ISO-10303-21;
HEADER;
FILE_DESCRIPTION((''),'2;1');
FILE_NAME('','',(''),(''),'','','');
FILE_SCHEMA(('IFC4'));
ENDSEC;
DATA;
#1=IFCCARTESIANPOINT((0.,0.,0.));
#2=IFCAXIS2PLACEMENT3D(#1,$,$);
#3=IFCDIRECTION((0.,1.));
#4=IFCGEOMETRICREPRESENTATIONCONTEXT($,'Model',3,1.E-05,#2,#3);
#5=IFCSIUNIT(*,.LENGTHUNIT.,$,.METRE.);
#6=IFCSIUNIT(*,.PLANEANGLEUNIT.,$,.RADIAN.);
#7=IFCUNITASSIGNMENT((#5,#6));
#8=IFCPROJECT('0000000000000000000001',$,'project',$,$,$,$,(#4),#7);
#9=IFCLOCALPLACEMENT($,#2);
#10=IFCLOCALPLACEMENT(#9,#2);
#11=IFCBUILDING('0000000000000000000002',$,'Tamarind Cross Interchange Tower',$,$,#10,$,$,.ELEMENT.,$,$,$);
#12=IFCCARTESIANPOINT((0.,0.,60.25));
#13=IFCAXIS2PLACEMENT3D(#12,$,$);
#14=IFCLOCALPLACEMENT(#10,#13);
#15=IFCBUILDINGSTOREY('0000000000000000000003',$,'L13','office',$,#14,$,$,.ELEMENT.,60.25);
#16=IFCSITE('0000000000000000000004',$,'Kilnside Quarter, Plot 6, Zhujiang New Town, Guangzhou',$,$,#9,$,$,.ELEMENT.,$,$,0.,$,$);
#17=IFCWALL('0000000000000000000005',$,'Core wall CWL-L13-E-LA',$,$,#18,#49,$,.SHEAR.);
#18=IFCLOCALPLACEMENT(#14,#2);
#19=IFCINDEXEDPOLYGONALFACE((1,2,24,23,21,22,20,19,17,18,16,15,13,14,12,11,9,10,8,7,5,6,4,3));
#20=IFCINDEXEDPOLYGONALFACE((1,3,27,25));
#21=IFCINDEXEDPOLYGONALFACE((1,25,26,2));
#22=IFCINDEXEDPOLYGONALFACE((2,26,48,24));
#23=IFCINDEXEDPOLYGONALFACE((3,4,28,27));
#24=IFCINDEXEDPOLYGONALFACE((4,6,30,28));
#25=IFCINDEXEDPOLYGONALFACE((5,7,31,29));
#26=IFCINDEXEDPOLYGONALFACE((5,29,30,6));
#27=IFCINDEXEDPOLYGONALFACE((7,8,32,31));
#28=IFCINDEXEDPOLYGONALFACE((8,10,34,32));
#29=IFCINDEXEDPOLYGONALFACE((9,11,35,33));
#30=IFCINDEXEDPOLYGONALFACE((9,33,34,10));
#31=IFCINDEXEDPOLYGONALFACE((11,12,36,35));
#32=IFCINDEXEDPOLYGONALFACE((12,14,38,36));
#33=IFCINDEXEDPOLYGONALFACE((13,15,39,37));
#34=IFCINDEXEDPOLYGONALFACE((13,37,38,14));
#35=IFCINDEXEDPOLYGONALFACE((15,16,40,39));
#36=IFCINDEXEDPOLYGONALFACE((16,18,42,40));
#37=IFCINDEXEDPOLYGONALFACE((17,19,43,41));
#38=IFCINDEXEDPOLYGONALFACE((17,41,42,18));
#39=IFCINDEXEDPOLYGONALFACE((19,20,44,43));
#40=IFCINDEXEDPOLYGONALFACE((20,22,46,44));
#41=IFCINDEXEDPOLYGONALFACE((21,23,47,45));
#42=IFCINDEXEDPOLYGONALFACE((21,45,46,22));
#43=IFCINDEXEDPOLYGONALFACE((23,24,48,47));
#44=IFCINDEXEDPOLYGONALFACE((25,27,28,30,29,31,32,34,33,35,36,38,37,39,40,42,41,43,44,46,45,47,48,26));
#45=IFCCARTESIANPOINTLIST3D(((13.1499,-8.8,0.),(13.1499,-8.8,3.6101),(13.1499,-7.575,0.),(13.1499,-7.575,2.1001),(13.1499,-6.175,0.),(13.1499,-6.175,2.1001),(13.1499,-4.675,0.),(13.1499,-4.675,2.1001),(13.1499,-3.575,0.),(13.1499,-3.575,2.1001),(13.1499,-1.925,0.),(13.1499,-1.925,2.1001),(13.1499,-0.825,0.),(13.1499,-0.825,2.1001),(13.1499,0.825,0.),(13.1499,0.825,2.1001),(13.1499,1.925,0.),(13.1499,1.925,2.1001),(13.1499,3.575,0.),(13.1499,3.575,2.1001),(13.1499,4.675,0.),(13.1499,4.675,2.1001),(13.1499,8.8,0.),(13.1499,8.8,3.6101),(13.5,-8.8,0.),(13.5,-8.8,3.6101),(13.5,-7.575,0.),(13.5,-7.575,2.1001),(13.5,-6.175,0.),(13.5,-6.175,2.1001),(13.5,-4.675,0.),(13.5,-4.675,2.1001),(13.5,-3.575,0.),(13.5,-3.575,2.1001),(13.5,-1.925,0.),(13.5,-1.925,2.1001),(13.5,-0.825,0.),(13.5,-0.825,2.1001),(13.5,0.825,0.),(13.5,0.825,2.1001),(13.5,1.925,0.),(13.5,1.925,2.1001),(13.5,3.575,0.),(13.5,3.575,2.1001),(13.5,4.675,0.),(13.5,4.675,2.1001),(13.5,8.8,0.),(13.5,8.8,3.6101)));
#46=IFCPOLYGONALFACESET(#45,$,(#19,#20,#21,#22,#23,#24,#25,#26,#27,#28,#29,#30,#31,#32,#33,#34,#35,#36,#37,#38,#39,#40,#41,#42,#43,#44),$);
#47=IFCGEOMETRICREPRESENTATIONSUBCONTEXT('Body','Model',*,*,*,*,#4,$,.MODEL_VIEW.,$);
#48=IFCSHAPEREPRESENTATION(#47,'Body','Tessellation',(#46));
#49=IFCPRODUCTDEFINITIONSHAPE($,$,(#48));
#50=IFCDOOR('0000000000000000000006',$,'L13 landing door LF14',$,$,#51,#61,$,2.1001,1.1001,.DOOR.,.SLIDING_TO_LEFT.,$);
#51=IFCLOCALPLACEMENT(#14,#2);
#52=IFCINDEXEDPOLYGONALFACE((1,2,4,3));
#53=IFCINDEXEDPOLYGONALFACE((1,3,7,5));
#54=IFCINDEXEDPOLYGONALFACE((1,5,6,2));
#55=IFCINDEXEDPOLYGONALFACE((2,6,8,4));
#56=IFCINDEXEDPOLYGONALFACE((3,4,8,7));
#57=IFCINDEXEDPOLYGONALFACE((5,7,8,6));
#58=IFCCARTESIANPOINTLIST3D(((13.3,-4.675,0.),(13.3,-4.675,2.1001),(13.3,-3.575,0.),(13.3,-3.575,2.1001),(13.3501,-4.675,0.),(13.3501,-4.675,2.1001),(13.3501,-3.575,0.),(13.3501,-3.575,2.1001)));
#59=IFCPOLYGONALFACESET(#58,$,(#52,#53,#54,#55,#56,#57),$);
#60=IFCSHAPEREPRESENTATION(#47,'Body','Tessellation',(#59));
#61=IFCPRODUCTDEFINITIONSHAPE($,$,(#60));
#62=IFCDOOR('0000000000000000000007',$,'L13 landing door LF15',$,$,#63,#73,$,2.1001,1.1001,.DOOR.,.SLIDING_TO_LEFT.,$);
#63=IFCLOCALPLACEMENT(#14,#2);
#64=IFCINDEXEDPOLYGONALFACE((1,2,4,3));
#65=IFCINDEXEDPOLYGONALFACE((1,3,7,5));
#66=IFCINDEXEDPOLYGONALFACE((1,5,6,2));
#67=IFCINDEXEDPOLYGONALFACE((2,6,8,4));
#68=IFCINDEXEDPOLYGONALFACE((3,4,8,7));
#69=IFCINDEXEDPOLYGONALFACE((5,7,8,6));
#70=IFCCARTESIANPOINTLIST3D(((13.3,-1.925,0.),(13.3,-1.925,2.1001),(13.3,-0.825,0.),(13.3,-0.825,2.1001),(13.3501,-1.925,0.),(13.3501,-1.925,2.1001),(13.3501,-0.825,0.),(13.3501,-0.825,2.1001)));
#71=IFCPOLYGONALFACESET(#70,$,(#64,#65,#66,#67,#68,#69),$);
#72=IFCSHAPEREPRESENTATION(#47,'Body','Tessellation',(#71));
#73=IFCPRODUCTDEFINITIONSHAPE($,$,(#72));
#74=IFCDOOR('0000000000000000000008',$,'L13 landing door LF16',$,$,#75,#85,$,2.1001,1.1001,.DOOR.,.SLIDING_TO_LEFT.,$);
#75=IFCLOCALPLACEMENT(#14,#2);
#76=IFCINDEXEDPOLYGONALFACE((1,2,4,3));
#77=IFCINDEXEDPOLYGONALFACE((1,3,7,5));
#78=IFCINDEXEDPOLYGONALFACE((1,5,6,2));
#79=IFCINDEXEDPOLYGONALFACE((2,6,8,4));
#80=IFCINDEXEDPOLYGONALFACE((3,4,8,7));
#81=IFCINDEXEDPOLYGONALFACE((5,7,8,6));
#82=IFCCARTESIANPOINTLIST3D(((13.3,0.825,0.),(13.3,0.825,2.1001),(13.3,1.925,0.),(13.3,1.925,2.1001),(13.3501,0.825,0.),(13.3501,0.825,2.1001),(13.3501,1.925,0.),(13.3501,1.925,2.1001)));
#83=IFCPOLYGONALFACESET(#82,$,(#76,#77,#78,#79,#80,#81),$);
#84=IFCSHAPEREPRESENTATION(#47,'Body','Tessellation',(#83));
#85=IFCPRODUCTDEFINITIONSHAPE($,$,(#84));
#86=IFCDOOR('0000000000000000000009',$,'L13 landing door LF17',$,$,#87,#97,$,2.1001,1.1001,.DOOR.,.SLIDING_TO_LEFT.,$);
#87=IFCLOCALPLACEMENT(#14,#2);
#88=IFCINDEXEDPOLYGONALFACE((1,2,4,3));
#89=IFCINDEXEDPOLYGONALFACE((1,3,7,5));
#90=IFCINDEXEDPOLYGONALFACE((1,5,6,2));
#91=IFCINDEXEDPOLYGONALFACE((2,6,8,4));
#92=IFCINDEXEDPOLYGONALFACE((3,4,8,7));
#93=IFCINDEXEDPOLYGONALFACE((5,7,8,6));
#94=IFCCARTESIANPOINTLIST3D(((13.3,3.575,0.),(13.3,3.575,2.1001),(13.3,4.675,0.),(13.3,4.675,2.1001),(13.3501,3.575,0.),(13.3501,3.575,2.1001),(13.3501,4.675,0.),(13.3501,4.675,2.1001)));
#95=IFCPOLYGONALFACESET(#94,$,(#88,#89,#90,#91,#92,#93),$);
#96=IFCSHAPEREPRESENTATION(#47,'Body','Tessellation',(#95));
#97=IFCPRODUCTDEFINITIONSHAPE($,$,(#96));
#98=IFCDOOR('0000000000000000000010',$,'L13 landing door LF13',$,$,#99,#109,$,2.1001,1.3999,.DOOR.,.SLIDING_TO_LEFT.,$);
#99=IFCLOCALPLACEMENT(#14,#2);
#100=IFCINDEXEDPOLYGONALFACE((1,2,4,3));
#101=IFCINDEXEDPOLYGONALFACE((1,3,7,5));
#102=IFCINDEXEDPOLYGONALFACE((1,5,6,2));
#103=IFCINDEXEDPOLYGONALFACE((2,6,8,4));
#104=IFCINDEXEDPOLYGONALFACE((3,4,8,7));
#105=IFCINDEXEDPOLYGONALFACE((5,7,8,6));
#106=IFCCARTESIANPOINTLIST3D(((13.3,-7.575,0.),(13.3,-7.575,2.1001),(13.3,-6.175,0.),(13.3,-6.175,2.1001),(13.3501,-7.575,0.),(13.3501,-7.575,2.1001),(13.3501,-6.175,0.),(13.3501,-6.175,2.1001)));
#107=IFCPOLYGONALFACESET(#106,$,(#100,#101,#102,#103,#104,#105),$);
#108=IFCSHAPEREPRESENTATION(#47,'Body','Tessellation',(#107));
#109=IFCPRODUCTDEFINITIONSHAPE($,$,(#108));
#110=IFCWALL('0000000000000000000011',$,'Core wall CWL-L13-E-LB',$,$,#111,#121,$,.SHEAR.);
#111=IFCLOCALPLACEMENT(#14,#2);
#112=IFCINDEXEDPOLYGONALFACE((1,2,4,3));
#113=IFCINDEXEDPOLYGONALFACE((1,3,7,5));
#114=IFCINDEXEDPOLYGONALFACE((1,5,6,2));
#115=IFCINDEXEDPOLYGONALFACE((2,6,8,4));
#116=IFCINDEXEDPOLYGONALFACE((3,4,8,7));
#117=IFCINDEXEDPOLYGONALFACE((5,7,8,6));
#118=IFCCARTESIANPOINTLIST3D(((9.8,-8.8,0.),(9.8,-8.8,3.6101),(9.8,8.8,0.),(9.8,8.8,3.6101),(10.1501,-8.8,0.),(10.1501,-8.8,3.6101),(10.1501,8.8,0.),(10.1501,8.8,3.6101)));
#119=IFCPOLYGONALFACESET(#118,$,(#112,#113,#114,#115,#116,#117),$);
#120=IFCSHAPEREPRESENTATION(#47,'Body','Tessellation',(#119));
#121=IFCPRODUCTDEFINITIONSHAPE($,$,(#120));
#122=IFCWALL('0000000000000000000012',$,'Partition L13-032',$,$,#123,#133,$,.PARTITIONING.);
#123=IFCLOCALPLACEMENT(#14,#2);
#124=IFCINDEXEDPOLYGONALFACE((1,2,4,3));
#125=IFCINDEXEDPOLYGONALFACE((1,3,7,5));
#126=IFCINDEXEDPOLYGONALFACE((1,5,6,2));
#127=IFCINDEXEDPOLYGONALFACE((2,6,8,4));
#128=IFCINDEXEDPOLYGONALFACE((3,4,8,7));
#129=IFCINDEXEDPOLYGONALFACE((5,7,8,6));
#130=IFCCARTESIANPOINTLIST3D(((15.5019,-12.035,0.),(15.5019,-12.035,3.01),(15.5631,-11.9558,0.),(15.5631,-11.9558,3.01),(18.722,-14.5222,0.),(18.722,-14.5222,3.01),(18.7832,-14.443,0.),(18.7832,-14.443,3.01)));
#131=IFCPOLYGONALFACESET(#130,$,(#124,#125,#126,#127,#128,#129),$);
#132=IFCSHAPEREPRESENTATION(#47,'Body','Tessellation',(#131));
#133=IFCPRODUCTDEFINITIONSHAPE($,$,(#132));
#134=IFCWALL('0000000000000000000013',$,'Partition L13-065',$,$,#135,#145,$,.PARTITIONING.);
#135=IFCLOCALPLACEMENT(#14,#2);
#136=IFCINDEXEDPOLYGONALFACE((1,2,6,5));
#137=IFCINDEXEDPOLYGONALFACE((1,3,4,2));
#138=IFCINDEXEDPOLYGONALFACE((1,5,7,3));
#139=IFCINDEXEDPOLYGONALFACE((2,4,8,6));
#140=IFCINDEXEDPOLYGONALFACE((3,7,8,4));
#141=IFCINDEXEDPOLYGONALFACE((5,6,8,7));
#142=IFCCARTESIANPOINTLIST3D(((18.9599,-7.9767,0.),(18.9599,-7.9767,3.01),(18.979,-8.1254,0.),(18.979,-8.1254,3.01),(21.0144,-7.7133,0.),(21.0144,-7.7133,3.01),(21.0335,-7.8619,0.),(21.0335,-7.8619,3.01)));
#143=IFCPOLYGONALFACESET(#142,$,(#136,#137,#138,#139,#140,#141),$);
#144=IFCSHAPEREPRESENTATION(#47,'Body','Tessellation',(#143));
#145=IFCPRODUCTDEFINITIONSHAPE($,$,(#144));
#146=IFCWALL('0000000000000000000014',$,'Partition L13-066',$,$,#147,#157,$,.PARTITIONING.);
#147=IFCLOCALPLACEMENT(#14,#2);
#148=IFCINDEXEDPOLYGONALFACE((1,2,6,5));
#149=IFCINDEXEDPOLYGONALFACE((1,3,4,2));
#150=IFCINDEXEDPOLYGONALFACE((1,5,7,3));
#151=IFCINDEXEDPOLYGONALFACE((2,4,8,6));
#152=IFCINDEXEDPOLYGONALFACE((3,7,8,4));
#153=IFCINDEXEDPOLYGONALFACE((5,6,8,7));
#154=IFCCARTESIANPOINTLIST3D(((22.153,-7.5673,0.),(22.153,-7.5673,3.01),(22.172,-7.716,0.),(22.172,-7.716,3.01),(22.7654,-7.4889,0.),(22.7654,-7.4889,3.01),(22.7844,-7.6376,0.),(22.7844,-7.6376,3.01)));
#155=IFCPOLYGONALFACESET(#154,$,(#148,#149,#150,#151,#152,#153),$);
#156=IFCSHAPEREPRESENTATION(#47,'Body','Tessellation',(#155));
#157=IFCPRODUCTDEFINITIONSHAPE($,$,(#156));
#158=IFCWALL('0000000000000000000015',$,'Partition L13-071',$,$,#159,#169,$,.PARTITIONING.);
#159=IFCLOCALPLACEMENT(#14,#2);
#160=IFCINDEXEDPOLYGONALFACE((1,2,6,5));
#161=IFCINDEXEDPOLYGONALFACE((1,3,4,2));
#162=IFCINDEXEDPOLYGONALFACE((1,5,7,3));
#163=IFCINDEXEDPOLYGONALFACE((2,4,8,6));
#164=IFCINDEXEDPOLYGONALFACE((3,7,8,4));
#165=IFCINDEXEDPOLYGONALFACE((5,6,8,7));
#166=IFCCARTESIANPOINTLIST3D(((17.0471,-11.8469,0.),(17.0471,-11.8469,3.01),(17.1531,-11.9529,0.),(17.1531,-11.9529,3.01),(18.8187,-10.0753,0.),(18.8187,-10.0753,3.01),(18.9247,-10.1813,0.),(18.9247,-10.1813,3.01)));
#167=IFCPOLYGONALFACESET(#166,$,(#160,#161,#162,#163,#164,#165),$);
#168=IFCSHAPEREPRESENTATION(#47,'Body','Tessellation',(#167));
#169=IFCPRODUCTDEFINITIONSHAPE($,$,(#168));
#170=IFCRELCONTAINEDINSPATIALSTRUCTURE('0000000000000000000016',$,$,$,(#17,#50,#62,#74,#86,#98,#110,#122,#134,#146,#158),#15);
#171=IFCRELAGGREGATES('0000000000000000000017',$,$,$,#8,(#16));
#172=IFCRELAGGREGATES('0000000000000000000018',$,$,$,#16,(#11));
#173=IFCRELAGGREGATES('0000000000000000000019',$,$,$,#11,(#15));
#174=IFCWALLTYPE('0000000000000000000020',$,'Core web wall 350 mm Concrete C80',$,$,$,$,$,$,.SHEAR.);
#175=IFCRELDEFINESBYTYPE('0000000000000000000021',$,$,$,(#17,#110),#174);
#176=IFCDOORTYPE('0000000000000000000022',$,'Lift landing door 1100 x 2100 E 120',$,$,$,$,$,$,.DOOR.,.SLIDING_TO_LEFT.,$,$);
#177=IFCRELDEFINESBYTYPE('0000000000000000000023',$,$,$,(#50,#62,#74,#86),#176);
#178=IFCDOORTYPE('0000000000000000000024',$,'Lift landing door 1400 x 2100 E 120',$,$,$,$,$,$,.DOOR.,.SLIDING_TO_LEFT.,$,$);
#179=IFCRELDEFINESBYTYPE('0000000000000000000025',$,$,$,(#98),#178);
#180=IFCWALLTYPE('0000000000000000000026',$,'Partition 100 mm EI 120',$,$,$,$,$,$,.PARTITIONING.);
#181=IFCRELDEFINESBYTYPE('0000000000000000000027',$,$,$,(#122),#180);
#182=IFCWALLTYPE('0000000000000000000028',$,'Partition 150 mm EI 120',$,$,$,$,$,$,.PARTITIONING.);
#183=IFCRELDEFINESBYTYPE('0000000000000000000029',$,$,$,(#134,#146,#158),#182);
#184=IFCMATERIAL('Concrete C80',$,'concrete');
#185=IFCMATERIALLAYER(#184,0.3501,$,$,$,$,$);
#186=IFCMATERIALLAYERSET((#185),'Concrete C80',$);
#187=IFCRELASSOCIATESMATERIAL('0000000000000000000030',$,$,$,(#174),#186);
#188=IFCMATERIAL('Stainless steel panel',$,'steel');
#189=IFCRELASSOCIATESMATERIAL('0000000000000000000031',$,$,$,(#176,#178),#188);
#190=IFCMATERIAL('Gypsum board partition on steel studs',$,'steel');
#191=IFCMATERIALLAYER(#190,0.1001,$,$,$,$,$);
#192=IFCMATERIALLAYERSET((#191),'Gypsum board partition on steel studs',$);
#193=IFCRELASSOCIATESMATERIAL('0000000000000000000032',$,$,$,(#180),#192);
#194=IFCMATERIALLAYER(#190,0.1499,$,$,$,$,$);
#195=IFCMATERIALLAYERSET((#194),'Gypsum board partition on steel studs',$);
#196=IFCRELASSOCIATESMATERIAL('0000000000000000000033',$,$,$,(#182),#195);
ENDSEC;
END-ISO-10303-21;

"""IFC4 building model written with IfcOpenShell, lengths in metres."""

from ifc_helpers import new_model, si_unit, direction, frame, frame_2d, origin, place, context, subcontext, project, spatial, rectangle, extrude, material, layer, layer_set, type_object, element, fill, save


model = new_model("IFC4")

# Units and contexts
model_context = context("Model", 3, precision=1e-05, world=origin(), true_north=direction((0.0, 1.0)))
body_context = subcontext(model_context, "Body", "Model", "MODEL_VIEW")
ifc_project = project(units=[si_unit("LENGTHUNIT", "METRE"), si_unit("PLANEANGLEUNIT", "RADIAN")], contexts=[model_context])

# Site, building, storey
site_placement = place(None, origin())
site = spatial("IfcSite", under=ifc_project, at=site_placement, Name="Kilnside Quarter, Plot 6, Zhujiang New Town, Guangzhou", CompositionType="ELEMENT", RefElevation=0.0)
building_placement = place(site_placement, origin())
building = spatial("IfcBuilding", under=site, at=building_placement, Name="Tamarind Cross Interchange Tower", CompositionType="ELEMENT")
storey_placement = place(building_placement, frame((0.0, 0.0, 60.25)))
storey = spatial("IfcBuildingStorey", under=building, at=storey_placement, Name="L13", Description="office", CompositionType="ELEMENT", Elevation=60.25)

# Wall, openings, doors
ifc_material_1 = material(Name="Concrete C80", Category="concrete")
ifc_layer_1 = layer(ifc_material_1, 0.3501)
ifc_layer_set_1 = layer_set([ifc_layer_1], Name="Concrete C80")
wall_type_1 = type_object("IfcWallType", Name="Core web wall 350 mm Concrete C80", PredefinedType="SHEAR", material=ifc_layer_set_1)
wall_1_placement = place(storey_placement, frame((13.325, -8.8, 0.0), z_axis=(0.0, 0.0, 1.0), x_axis=(0.0, 1.0, 0.0)))
wall_1 = element("IfcWall", 1, at=wall_1_placement, inside=storey, type_object=wall_type_1, Name="Core wall CWL-L13-E-LA", PredefinedType="SHEAR", context=body_context, shape_type="SweptSolid", body=[
    extrude(rectangle(XDim=17.6001, YDim=0.3501, at=frame_2d((8.8, 0.0))), origin(), (0.0, 0.0, 1.0), 3.6101),
])
opening_1_placement = place(wall_1_placement, frame((1.2251, 0.0, 0.0)))
opening_1 = element("IfcOpeningElement", 2, at=opening_1_placement, cuts=wall_1, PredefinedType="OPENING", context=body_context, shape_type="SweptSolid", body=[
    extrude(rectangle(XDim=1.3999, YDim=2.1001, at=frame_2d((0.7, 1.05))), frame((0.0, 0.1851, 0.0), z_axis=(0.0, -1.0, 0.0), x_axis=(1.0, 0.0, 0.0)), (0.0, 0.0, 1.0), 0.3701),
])
opening_2_placement = place(wall_1_placement, frame((4.125, 0.0, 0.0)))
opening_2 = element("IfcOpeningElement", 3, at=opening_2_placement, cuts=wall_1, PredefinedType="OPENING", context=body_context, shape_type="SweptSolid", body=[
    extrude(rectangle(XDim=1.1001, YDim=2.1001, at=frame_2d((0.55, 1.05))), frame((0.0, 0.1851, 0.0), z_axis=(0.0, -1.0, 0.0), x_axis=(1.0, 0.0, 0.0)), (0.0, 0.0, 1.0), 0.3701),
])
opening_3_placement = place(wall_1_placement, frame((6.875, 0.0, 0.0)))
opening_3 = element("IfcOpeningElement", 4, at=opening_3_placement, cuts=wall_1, PredefinedType="OPENING", context=body_context, shape_type="SweptSolid", body=[
    extrude(rectangle(XDim=1.1001, YDim=2.1001, at=frame_2d((0.55, 1.05))), frame((0.0, 0.1851, 0.0), z_axis=(0.0, -1.0, 0.0), x_axis=(1.0, 0.0, 0.0)), (0.0, 0.0, 1.0), 0.3701),
])
opening_4_placement = place(wall_1_placement, frame((9.625, 0.0, 0.0)))
opening_4 = element("IfcOpeningElement", 5, at=opening_4_placement, cuts=wall_1, PredefinedType="OPENING", context=body_context, shape_type="SweptSolid", body=[
    extrude(rectangle(XDim=1.1001, YDim=2.1001, at=frame_2d((0.55, 1.05))), frame((0.0, 0.1851, 0.0), z_axis=(0.0, -1.0, 0.0), x_axis=(1.0, 0.0, 0.0)), (0.0, 0.0, 1.0), 0.3701),
])
opening_5_placement = place(wall_1_placement, frame((12.375, 0.0, 0.0)))
opening_5 = element("IfcOpeningElement", 6, at=opening_5_placement, cuts=wall_1, PredefinedType="OPENING", context=body_context, shape_type="SweptSolid", body=[
    extrude(rectangle(XDim=1.1001, YDim=2.1001, at=frame_2d((0.55, 1.05))), frame((0.0, 0.1851, 0.0), z_axis=(0.0, -1.0, 0.0), x_axis=(1.0, 0.0, 0.0)), (0.0, 0.0, 1.0), 0.3701),
])
ifc_material_2 = material(Name="Stainless steel panel", Category="steel")
door_type_1 = type_object("IfcDoorType", Name="Lift landing door 1100 x 2100 E 120", OperationType="SLIDING_TO_LEFT", PredefinedType="DOOR", material=ifc_material_2)
door_1_placement = place(opening_2_placement, origin())
door_1 = element("IfcDoor", 7, at=door_1_placement, inside=storey, type_object=door_type_1, Name="L13 landing door LF14", OperationType="SLIDING_TO_LEFT", OverallHeight=2.1001, OverallWidth=1.1001, PredefinedType="DOOR", context=body_context, shape_type="SweptSolid", body=[
    extrude(rectangle(XDim=1.1001, YDim=2.1001, at=frame_2d((0.55, 1.05))), frame((0.0, 0.0249, 0.0), z_axis=(0.0, -1.0, 0.0), x_axis=(1.0, 0.0, 0.0)), (0.0, 0.0, 1.0), 0.05),
])
fill(opening_2, door_1)
door_2_placement = place(opening_3_placement, origin())
door_2 = element("IfcDoor", 8, at=door_2_placement, inside=storey, type_object=door_type_1, Name="L13 landing door LF15", OperationType="SLIDING_TO_LEFT", OverallHeight=2.1001, OverallWidth=1.1001, PredefinedType="DOOR", context=body_context, shape_type="SweptSolid", body=[
    extrude(rectangle(XDim=1.1001, YDim=2.1001, at=frame_2d((0.55, 1.05))), frame((0.0, 0.0249, 0.0), z_axis=(0.0, -1.0, 0.0), x_axis=(1.0, 0.0, 0.0)), (0.0, 0.0, 1.0), 0.05),
])
fill(opening_3, door_2)
door_3_placement = place(opening_4_placement, origin())
door_3 = element("IfcDoor", 9, at=door_3_placement, inside=storey, type_object=door_type_1, Name="L13 landing door LF16", OperationType="SLIDING_TO_LEFT", OverallHeight=2.1001, OverallWidth=1.1001, PredefinedType="DOOR", context=body_context, shape_type="SweptSolid", body=[
    extrude(rectangle(XDim=1.1001, YDim=2.1001, at=frame_2d((0.55, 1.05))), frame((0.0, 0.0249, 0.0), z_axis=(0.0, -1.0, 0.0), x_axis=(1.0, 0.0, 0.0)), (0.0, 0.0, 1.0), 0.05),
])
fill(opening_4, door_3)
door_4_placement = place(opening_5_placement, origin())
door_4 = element("IfcDoor", 10, at=door_4_placement, inside=storey, type_object=door_type_1, Name="L13 landing door LF17", OperationType="SLIDING_TO_LEFT", OverallHeight=2.1001, OverallWidth=1.1001, PredefinedType="DOOR", context=body_context, shape_type="SweptSolid", body=[
    extrude(rectangle(XDim=1.1001, YDim=2.1001, at=frame_2d((0.55, 1.05))), frame((0.0, 0.0249, 0.0), z_axis=(0.0, -1.0, 0.0), x_axis=(1.0, 0.0, 0.0)), (0.0, 0.0, 1.0), 0.05),
])
fill(opening_5, door_4)
door_type_2 = type_object("IfcDoorType", Name="Lift landing door 1400 x 2100 E 120", OperationType="SLIDING_TO_LEFT", PredefinedType="DOOR", material=ifc_material_2)
door_5_placement = place(opening_1_placement, origin())
door_5 = element("IfcDoor", 11, at=door_5_placement, inside=storey, type_object=door_type_2, Name="L13 landing door LF13", OperationType="SLIDING_TO_LEFT", OverallHeight=2.1001, OverallWidth=1.3999, PredefinedType="DOOR", context=body_context, shape_type="SweptSolid", body=[
    extrude(rectangle(XDim=1.3999, YDim=2.1001, at=frame_2d((0.7, 1.05))), frame((0.0, 0.0249, 0.0), z_axis=(0.0, -1.0, 0.0), x_axis=(1.0, 0.0, 0.0)), (0.0, 0.0, 1.0), 0.05),
])
fill(opening_1, door_5)

# Walls
wall_2_placement = place(storey_placement, frame((9.9751, -8.8, 0.0), z_axis=(0.0, 0.0, 1.0), x_axis=(0.0, 1.0, 0.0)))
element("IfcWall", 12, at=wall_2_placement, inside=storey, type_object=wall_type_1, Name="Core wall CWL-L13-E-LB", PredefinedType="SHEAR", context=body_context, shape_type="SweptSolid", body=[
    extrude(rectangle(XDim=17.6001, YDim=0.3501, at=frame_2d((8.8, 0.0))), origin(), (0.0, 0.0, 1.0), 3.6101),
])
ifc_material_3 = material(Name="Gypsum board partition on steel studs", Category="steel")
ifc_layer_2 = layer(ifc_material_3, 0.1001)
ifc_layer_set_2 = layer_set([ifc_layer_2], Name="Gypsum board partition on steel studs")
wall_type_2 = type_object("IfcWallType", Name="Partition 100 mm EI 120", PredefinedType="PARTITIONING", material=ifc_layer_set_2)
wall_3_placement = place(storey_placement, frame((15.5325, -11.9954, 0.0), z_axis=(0.0, 0.0, 1.0), x_axis=(0.791409, -0.611287, 0.0)))
element("IfcWall", 13, at=wall_3_placement, inside=storey, type_object=wall_type_2, Name="Partition L13-032", PredefinedType="PARTITIONING", context=body_context, shape_type="SweptSolid", body=[
    extrude(rectangle(XDim=4.0688, YDim=0.1001, at=frame_2d((2.0344, 0.0))), origin(), (0.0, 0.0, 1.0), 3.01),
])
ifc_layer_3 = layer(ifc_material_3, 0.1499)
ifc_layer_set_3 = layer_set([ifc_layer_3], Name="Gypsum board partition on steel studs")
wall_type_3 = type_object("IfcWallType", Name="Partition 150 mm EI 120", PredefinedType="PARTITIONING", material=ifc_layer_set_3)
wall_4_placement = place(storey_placement, frame((18.9695, -8.051, 0.0), z_axis=(0.0, 0.0, 1.0), x_axis=(0.991879, 0.127182, 0.0)))
element("IfcWall", 14, at=wall_4_placement, inside=storey, type_object=wall_type_3, Name="Partition L13-065", PredefinedType="PARTITIONING", context=body_context, shape_type="SweptSolid", body=[
    extrude(rectangle(XDim=2.0713, YDim=0.1499, at=frame_2d((1.0356, 0.0))), origin(), (0.0, 0.0, 1.0), 3.01),
])
wall_5_placement = place(storey_placement, frame((22.1626, -7.6416, 0.0), z_axis=(0.0, 0.0, 1.0), x_axis=(0.991915, 0.126905, 0.0)))
element("IfcWall", 15, at=wall_5_placement, inside=storey, type_object=wall_type_3, Name="Partition L13-066", PredefinedType="PARTITIONING", context=body_context, shape_type="SweptSolid", body=[
    extrude(rectangle(XDim=0.6174, YDim=0.1499, at=frame_2d((0.3086, 0.0))), origin(), (0.0, 0.0, 1.0), 3.01),
])
wall_6_placement = place(storey_placement, frame((17.1001, -11.8999, 0.0), z_axis=(0.0, 0.0, 1.0), x_axis=(0.707107, 0.707107, 0.0)))
element("IfcWall", 16, at=wall_6_placement, inside=storey, type_object=wall_type_3, Name="Partition L13-071", PredefinedType="PARTITIONING", context=body_context, shape_type="SweptSolid", body=[
    extrude(rectangle(XDim=2.5054, YDim=0.1499, at=frame_2d((1.2527, 0.0))), origin(), (0.0, 0.0, 1.0), 3.01),
])

save(model, "model.ifc")
